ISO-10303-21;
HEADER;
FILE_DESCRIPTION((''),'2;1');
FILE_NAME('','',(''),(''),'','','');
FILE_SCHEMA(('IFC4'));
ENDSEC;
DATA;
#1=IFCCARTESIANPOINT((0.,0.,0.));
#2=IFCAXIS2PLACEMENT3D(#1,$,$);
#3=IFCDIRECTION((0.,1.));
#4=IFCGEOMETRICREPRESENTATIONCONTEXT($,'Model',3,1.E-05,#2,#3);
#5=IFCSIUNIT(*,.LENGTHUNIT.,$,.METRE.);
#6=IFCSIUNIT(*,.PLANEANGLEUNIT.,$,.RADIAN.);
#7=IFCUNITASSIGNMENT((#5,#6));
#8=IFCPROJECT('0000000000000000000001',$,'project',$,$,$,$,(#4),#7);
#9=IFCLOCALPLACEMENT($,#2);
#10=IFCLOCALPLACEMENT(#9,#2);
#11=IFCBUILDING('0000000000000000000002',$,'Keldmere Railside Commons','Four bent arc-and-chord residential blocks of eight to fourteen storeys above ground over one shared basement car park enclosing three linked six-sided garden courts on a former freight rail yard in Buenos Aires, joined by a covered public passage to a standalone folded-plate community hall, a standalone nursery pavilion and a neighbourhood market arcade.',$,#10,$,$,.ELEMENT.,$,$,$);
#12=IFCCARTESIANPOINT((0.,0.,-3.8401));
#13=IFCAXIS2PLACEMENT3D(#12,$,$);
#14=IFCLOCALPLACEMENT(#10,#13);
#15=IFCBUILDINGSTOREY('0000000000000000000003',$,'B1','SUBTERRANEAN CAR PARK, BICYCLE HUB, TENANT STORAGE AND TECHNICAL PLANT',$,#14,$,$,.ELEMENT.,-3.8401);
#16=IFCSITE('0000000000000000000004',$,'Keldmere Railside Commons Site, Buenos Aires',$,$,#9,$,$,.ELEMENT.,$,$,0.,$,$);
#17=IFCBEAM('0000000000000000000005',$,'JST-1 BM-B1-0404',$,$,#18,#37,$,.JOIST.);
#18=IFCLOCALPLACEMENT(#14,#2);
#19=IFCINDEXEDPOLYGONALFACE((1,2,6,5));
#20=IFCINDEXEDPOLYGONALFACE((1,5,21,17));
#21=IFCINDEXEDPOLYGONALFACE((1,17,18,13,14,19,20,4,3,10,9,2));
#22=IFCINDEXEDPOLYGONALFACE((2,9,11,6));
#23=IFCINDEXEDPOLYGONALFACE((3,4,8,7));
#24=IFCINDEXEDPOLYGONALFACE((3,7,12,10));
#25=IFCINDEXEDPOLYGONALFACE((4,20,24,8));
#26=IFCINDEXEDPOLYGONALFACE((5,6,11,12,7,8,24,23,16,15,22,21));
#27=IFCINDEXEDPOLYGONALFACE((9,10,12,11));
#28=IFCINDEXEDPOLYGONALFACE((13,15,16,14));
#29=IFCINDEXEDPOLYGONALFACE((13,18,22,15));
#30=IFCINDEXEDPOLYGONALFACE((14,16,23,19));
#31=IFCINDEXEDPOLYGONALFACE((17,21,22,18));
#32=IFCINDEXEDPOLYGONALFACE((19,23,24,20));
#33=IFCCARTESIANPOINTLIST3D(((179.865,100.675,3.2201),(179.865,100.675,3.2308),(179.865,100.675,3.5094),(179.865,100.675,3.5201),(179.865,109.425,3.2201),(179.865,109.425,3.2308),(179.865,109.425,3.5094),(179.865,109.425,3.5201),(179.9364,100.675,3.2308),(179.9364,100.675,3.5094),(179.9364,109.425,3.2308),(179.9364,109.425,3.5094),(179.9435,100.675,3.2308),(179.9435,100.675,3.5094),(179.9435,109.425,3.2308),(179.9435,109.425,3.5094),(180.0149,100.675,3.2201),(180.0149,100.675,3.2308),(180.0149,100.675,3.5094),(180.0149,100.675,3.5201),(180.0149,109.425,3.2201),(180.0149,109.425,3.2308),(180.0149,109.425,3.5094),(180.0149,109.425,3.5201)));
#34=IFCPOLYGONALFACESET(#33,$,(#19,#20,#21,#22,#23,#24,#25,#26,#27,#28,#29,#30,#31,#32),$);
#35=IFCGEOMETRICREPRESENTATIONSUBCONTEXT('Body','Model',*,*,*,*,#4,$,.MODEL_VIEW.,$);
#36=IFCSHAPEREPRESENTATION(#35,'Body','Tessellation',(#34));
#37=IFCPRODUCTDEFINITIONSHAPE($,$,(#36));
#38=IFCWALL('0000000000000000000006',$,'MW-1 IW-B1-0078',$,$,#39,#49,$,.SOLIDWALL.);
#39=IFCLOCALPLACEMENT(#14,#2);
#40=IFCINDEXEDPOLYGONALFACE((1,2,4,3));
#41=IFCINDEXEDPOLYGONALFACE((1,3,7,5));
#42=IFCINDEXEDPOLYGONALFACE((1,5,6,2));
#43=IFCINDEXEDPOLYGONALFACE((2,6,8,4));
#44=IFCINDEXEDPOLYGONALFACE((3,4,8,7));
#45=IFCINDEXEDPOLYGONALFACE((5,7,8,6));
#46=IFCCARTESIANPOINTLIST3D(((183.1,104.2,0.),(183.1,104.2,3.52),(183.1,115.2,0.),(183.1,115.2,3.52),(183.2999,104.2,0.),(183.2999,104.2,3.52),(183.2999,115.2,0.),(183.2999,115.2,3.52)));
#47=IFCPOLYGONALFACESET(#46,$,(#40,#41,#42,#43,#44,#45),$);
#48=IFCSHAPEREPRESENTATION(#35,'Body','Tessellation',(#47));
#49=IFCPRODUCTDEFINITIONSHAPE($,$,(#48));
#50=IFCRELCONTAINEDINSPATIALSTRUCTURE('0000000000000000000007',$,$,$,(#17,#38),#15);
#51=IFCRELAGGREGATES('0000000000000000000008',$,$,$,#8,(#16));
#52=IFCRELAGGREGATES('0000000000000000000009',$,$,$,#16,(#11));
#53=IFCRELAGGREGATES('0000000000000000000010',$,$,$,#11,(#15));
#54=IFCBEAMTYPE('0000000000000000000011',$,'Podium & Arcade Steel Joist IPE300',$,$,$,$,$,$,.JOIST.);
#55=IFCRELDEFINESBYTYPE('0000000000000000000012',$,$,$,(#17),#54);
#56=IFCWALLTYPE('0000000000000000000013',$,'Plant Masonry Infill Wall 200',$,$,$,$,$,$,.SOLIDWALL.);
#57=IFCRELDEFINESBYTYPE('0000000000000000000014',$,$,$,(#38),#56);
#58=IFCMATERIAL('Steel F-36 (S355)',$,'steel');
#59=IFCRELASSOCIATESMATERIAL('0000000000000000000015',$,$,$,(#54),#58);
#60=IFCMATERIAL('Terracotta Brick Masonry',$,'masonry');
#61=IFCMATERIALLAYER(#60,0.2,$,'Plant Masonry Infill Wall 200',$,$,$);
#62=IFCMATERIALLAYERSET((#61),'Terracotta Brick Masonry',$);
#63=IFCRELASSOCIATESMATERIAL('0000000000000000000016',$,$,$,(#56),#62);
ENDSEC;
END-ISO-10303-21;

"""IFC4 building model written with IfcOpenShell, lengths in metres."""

from ifc_helpers import new_model, si_unit, direction, frame, frame_2d, origin, origin_2d, place, context, subcontext, project, spatial, rectangle, i_section, extrude, material, layer, layer_set, material_profile, profile_set, type_object, element, save


model = new_model("IFC4")

# Units and contexts
model_context = context("Model", 3, precision=1e-05, world=origin(), true_north=direction((0.0, 1.0)))
body_context = subcontext(model_context, "Body", "Model", "MODEL_VIEW")
ifc_project = project(units=[si_unit("LENGTHUNIT", "METRE"), si_unit("PLANEANGLEUNIT", "RADIAN")], contexts=[model_context])

# Site, building, storey
site_placement = place(None, origin())
site = spatial("IfcSite", under=ifc_project, at=site_placement, Name="Keldmere Railside Commons Site, Buenos Aires", CompositionType="ELEMENT", RefElevation=0.0)
building_placement = place(site_placement, origin())
building = spatial("IfcBuilding", under=site, at=building_placement, Name="Keldmere Railside Commons", Description="Four bent arc-and-chord residential blocks of eight to fourteen storeys above ground over one shared basement car park enclosing three linked six-sided garden courts on a former freight rail yard in Buenos Aires, joined by a covered public passage to a standalone folded-plate community hall, a standalone nursery pavilion and a neighbourhood market arcade.", CompositionType="ELEMENT")
storey_placement = place(building_placement, frame((0.0, 0.0, -3.8401)))
storey = spatial("IfcBuildingStorey", under=building, at=storey_placement, Name="B1", Description="SUBTERRANEAN CAR PARK, BICYCLE HUB, TENANT STORAGE AND TECHNICAL PLANT", CompositionType="ELEMENT", Elevation=-3.8401)

# Beam
ifc_material_1 = material(Name="Steel F-36 (S355)", Category="steel")
ifc_material_profile_1 = material_profile(ifc_material_1, i_section(OverallWidth=0.1499, OverallDepth=0.3, WebThickness=0.0071, FlangeThickness=0.0107, at=origin_2d()), Name="IPE-300")
ifc_profile_set_1 = profile_set([ifc_material_profile_1], Name="Steel F-36 (S355)")
beam_type_1 = type_object("IfcBeamType", Name="Podium & Arcade Steel Joist IPE300", PredefinedType="JOIST", material=ifc_profile_set_1)
beam_1_placement = place(storey_placement, frame((179.9399, 100.675, 3.3701), z_axis=(0.0, 1.0, 0.0), x_axis=(-1.0, 0.0, 0.0)))
element("IfcBeam", 1, at=beam_1_placement, inside=storey, type_object=beam_type_1, Name="JST-1 BM-B1-0404", PredefinedType="JOIST", context=body_context, shape_type="SweptSolid", body=[
    extrude(i_section(OverallWidth=0.1499, OverallDepth=0.3, WebThickness=0.0071, FlangeThickness=0.0107, at=origin_2d()), origin(), (0.0, 0.0, 1.0), 8.75),
])

# Wall
ifc_material_2 = material(Name="Terracotta Brick Masonry", Category="masonry")
ifc_layer = layer(ifc_material_2, 0.2, Name="Plant Masonry Infill Wall 200")
ifc_layer_set = layer_set([ifc_layer], Name="Terracotta Brick Masonry")
wall_type = type_object("IfcWallType", Name="Plant Masonry Infill Wall 200", PredefinedType="SOLIDWALL", material=ifc_layer_set)
wall_placement = place(storey_placement, frame((183.2, 104.2, 0.0), z_axis=(0.0, 0.0, 1.0), x_axis=(0.0, 1.0, 0.0)))
element("IfcWall", 2, at=wall_placement, inside=storey, type_object=wall_type, Name="MW-1 IW-B1-0078", PredefinedType="SOLIDWALL", context=body_context, shape_type="SweptSolid", body=[
    extrude(rectangle(XDim=11.0, YDim=0.2, at=frame_2d((5.5, 0.0))), origin(), (0.0, 0.0, 1.0), 3.52),
])

save(model, "model.ifc")
